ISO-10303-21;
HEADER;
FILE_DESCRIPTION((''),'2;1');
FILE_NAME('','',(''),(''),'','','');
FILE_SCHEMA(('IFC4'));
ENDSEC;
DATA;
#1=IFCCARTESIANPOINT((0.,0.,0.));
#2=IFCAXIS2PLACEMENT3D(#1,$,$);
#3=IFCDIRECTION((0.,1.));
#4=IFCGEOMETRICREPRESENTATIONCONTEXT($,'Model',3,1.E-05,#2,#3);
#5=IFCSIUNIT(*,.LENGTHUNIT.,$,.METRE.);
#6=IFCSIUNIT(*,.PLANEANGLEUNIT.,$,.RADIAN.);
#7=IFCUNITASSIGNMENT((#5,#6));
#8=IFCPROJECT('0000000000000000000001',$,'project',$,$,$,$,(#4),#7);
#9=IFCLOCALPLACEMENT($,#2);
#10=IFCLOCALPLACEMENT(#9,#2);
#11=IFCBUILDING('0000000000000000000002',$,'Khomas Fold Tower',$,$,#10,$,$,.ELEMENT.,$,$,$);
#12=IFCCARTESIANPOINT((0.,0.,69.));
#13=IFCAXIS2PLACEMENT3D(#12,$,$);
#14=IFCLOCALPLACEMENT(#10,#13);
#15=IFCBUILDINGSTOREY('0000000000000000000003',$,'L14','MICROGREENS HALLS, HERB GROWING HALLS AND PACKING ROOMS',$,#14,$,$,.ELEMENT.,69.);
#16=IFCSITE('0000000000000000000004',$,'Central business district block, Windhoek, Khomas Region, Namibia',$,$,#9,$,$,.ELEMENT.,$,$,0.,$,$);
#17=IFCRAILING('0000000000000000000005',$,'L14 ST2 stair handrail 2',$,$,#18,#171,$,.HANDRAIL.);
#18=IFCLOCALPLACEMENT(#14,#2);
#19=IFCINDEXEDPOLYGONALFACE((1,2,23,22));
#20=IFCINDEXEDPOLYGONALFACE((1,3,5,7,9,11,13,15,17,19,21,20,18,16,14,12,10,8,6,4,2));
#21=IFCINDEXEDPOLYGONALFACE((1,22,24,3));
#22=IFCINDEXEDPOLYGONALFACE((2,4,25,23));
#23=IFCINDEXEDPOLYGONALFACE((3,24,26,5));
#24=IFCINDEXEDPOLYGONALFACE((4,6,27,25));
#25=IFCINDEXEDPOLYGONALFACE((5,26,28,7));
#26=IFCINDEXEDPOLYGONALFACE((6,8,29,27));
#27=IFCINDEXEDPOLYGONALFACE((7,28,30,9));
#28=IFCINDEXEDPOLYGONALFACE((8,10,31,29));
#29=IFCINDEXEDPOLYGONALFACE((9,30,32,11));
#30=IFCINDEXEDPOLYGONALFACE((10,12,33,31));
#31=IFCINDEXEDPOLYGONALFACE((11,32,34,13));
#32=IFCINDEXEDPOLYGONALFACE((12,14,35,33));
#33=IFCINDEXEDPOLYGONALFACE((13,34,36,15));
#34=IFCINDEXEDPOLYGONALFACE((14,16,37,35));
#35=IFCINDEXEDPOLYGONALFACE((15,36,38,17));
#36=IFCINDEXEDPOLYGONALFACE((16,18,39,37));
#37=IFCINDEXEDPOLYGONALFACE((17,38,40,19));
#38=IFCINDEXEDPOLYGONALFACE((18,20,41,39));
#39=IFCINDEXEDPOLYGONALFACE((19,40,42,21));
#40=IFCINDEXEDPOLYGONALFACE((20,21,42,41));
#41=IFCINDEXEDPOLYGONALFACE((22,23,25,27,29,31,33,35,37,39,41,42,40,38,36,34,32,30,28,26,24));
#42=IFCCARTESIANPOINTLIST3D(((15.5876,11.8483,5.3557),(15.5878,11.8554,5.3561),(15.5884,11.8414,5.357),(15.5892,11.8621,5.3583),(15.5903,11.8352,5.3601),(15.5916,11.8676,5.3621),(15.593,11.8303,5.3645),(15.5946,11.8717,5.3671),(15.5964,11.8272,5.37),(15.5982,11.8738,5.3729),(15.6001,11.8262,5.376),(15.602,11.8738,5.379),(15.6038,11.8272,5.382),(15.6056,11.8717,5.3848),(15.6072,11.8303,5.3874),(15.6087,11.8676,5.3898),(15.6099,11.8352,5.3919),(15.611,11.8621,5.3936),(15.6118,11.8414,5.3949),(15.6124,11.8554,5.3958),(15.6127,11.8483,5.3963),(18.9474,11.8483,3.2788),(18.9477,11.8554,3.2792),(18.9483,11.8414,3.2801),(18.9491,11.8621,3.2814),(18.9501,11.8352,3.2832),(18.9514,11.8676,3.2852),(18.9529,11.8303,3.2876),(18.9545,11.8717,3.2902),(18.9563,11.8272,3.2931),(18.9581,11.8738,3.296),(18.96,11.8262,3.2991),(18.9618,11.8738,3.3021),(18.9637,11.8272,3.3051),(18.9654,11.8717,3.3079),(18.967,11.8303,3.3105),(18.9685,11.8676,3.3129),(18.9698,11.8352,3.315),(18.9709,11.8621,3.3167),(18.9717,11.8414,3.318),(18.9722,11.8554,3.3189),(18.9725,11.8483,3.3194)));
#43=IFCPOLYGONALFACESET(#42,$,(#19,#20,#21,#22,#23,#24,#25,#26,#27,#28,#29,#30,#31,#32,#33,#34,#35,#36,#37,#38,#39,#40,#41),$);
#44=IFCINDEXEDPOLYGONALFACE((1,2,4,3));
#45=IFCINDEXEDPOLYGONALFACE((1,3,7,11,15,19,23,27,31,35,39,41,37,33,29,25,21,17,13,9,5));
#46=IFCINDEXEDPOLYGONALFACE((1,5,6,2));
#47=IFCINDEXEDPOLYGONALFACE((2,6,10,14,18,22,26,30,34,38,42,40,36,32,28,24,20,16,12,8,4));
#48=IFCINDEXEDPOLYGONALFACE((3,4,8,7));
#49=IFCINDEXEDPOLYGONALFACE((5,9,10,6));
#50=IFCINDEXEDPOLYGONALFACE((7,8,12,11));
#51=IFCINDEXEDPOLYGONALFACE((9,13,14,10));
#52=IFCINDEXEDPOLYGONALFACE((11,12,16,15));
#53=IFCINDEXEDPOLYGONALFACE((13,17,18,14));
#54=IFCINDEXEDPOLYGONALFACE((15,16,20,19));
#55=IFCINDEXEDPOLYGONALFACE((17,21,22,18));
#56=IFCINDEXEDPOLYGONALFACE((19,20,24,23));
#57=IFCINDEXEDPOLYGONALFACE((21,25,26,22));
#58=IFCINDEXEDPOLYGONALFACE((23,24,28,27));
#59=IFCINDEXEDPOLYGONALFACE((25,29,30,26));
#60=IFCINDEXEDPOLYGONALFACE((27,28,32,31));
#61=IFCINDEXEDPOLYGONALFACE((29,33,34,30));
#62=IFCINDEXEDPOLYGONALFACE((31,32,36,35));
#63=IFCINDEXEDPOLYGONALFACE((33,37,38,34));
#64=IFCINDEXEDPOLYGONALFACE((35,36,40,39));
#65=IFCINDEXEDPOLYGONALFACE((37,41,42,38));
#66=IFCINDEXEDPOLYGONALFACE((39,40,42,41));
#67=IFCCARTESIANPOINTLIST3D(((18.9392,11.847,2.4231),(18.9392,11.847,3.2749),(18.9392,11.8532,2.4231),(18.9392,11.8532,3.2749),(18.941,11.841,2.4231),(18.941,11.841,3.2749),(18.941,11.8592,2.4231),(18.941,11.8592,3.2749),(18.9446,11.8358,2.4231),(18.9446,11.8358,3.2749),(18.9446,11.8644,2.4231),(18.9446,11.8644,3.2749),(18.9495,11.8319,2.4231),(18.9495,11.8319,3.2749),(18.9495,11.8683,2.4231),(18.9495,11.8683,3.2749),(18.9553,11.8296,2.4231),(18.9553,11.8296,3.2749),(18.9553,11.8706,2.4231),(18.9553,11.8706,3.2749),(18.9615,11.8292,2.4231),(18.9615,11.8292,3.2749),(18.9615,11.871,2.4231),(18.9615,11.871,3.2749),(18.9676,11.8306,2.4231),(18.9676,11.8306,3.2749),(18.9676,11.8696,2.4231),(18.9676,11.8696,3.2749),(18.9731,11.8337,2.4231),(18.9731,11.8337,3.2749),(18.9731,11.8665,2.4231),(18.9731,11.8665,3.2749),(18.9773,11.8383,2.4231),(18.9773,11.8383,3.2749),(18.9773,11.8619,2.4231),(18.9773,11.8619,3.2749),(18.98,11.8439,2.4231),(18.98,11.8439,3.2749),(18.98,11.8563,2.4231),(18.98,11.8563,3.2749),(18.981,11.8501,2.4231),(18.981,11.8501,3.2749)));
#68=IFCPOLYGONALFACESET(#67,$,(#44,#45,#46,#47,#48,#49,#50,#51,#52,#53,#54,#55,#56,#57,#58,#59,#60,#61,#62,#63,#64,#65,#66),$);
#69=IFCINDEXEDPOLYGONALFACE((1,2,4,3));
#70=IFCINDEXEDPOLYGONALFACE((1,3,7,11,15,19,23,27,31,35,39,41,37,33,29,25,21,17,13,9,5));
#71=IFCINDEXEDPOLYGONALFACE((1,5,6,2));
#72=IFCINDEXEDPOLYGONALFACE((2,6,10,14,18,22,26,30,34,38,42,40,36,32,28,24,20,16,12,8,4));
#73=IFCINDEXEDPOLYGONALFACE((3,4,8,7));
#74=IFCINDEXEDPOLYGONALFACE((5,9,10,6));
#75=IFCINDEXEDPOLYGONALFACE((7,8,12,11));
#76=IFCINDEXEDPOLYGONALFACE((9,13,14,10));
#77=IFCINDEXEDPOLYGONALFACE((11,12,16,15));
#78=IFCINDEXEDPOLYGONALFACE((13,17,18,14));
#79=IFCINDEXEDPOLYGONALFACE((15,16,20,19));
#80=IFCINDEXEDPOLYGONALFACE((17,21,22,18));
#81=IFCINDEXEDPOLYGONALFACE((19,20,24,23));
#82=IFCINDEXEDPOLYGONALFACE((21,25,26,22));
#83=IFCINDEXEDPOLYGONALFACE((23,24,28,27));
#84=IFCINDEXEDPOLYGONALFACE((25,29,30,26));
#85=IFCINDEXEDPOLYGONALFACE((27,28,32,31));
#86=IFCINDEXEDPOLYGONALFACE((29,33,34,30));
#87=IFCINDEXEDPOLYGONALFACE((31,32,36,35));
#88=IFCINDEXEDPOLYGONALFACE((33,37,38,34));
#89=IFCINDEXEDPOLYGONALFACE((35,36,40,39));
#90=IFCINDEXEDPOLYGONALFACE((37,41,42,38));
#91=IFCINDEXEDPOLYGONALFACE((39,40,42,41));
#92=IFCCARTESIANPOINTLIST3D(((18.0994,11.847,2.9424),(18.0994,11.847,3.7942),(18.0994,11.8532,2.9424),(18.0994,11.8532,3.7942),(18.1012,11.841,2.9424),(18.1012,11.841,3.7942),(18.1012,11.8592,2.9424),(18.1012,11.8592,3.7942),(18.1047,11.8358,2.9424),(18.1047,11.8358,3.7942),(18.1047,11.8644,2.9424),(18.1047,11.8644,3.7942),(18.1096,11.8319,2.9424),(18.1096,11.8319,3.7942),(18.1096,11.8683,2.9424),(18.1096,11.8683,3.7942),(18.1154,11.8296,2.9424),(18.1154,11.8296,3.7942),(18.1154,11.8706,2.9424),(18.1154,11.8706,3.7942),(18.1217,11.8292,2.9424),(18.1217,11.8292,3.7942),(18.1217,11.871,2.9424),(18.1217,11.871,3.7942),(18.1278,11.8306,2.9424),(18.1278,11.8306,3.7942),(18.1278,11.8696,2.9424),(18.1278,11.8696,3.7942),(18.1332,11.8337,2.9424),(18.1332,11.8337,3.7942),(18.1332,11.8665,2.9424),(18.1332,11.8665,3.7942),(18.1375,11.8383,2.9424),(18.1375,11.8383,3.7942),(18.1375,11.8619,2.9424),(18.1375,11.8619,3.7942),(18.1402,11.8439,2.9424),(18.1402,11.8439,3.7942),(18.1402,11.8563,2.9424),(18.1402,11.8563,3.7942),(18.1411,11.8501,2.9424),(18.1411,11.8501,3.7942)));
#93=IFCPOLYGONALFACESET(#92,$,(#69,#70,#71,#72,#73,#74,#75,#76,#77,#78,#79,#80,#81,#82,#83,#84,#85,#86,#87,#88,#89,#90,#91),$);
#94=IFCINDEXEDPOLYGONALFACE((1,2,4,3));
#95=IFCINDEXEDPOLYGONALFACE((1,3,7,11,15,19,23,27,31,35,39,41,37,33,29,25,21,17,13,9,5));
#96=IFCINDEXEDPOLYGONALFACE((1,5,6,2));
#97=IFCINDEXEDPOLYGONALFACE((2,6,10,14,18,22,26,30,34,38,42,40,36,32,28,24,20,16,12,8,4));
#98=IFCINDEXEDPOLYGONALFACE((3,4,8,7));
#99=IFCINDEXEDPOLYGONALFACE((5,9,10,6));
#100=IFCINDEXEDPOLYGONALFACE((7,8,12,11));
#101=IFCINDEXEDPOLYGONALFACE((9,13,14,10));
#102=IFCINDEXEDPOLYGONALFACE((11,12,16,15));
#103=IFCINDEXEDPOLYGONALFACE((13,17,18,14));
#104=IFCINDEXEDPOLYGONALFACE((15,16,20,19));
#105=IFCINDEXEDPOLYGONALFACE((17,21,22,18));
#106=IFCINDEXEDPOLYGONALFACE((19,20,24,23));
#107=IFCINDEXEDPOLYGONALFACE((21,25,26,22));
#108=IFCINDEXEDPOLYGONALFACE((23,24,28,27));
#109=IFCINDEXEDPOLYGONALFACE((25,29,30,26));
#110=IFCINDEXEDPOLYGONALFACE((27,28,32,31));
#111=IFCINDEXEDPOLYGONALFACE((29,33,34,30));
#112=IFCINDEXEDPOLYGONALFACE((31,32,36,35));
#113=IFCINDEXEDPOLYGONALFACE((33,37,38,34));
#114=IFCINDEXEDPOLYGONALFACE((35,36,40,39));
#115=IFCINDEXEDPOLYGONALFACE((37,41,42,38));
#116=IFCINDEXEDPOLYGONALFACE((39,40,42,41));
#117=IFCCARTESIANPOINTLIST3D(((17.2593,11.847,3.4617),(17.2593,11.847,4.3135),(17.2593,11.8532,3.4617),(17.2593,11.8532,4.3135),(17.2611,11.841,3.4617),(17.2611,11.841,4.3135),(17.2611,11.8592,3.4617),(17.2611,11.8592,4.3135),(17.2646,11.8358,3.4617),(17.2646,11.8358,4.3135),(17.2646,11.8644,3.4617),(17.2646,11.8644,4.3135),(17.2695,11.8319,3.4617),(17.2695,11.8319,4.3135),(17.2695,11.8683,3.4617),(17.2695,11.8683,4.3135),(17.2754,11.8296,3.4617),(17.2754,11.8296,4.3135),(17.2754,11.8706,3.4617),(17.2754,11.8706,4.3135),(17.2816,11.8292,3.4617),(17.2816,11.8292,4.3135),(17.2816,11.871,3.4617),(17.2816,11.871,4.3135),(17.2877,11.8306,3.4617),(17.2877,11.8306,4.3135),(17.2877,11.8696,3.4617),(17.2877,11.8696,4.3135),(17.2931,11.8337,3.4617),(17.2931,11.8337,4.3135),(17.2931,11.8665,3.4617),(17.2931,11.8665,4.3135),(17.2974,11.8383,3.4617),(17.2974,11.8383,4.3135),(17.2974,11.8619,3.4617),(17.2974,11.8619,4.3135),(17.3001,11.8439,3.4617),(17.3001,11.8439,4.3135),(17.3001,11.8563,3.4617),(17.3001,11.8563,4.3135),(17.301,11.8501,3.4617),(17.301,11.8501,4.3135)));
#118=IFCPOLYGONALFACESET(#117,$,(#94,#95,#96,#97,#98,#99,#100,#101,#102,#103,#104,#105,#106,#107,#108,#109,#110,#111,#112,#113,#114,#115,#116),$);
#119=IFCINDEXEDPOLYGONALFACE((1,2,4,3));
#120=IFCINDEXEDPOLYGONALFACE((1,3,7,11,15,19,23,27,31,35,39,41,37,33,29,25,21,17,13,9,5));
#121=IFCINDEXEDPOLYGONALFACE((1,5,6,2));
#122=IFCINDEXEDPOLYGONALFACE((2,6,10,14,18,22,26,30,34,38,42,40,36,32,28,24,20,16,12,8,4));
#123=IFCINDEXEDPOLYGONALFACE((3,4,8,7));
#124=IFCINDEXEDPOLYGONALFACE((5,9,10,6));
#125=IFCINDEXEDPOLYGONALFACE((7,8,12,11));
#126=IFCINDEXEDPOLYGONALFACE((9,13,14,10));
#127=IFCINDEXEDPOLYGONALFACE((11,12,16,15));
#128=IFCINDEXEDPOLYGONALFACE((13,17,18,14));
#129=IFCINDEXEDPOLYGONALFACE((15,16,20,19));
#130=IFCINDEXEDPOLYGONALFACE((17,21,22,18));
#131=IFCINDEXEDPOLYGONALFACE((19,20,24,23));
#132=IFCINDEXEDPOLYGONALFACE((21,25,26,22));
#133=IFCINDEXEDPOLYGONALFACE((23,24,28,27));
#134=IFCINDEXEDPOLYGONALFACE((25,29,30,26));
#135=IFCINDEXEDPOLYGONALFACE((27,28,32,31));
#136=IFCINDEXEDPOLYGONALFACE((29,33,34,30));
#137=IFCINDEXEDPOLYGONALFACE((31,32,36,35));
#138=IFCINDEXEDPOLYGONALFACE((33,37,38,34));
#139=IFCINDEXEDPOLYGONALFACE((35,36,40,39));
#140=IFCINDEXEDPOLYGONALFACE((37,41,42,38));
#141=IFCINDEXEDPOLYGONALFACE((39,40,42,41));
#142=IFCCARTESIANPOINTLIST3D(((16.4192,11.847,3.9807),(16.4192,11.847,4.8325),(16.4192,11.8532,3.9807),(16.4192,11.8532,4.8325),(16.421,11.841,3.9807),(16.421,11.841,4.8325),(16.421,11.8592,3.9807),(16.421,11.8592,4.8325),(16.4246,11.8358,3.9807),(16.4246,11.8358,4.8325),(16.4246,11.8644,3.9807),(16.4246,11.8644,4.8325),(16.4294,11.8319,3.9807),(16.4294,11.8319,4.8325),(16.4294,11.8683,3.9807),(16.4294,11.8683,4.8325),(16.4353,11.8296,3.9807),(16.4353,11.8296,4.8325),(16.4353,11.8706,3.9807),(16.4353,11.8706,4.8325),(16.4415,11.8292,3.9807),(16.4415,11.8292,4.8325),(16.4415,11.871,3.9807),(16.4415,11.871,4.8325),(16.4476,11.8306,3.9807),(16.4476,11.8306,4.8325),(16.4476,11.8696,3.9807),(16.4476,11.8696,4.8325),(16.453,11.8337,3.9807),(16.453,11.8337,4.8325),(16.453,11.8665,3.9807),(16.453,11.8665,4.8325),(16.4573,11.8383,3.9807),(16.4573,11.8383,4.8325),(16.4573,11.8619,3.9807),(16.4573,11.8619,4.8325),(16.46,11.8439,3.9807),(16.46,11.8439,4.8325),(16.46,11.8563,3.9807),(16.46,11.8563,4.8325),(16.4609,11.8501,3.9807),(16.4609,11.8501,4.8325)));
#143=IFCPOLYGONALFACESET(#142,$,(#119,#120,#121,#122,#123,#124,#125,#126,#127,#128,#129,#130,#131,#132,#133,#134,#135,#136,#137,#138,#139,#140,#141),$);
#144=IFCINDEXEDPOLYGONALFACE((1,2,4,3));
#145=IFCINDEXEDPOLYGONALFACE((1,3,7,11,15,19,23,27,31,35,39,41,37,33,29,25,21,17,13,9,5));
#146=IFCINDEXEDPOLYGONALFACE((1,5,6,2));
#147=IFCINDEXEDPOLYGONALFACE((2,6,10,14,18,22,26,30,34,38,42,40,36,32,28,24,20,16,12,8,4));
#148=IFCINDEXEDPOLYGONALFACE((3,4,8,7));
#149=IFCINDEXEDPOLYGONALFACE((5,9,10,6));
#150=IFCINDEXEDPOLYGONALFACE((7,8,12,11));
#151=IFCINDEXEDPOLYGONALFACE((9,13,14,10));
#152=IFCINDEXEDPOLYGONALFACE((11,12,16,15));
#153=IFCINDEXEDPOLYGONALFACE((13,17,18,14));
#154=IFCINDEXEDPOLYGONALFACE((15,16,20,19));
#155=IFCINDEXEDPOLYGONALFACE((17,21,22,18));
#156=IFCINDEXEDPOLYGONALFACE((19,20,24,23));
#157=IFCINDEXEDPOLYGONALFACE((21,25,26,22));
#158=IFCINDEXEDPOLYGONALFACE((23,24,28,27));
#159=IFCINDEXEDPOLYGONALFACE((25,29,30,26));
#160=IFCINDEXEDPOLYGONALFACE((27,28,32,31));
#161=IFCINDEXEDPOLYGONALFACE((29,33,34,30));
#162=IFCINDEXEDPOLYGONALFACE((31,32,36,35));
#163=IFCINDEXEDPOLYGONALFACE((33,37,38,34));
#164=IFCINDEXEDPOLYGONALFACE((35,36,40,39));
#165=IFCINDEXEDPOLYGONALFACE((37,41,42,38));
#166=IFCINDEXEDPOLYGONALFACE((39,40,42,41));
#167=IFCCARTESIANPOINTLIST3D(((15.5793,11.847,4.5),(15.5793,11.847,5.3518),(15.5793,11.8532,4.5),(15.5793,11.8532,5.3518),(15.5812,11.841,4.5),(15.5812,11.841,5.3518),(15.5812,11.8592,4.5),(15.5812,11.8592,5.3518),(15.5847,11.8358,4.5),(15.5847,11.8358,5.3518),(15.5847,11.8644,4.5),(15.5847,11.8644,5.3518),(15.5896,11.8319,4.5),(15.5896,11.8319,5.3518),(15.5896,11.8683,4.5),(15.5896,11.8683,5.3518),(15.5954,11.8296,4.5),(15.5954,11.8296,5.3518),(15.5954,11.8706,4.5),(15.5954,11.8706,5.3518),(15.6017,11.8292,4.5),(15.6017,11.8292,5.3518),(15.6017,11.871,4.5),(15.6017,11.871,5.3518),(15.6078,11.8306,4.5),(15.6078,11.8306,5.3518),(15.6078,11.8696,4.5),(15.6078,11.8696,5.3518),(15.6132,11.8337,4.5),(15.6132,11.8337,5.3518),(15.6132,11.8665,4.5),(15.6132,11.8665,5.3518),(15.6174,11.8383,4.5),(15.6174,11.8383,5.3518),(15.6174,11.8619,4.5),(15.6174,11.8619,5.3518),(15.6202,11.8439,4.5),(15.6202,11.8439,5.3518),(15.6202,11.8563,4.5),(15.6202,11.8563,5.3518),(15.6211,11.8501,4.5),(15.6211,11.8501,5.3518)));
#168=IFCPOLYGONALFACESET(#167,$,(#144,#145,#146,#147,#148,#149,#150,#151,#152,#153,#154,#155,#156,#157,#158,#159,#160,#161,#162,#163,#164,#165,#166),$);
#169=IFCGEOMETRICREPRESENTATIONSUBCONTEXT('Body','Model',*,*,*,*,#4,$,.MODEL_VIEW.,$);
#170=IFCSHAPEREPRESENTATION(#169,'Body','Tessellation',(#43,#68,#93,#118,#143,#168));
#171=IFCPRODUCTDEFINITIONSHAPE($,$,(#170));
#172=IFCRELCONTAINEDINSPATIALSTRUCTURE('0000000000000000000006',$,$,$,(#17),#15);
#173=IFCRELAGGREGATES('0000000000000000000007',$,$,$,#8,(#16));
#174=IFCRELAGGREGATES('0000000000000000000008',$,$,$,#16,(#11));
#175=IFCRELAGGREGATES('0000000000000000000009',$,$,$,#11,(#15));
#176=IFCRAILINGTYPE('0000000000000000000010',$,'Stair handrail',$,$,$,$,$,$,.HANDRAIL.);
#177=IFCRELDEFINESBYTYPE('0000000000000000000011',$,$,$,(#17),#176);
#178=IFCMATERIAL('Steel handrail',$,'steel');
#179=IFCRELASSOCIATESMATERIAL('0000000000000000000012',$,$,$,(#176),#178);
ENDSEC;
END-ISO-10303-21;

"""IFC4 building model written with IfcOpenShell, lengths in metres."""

from ifc_helpers import new_model, si_unit, direction, frame, origin, origin_2d, place, context, subcontext, project, spatial, circle, extrude, source, transform, mapped, material, type_object, element, save


model = new_model("IFC4")

# Units and contexts
model_context = context("Model", 3, precision=1e-05, world=origin(), true_north=direction((0.0, 1.0)))
body_context = subcontext(model_context, "Body", "Model", "MODEL_VIEW")
ifc_project = project(units=[si_unit("LENGTHUNIT", "METRE"), si_unit("PLANEANGLEUNIT", "RADIAN")], contexts=[model_context])

# Site, building, storey
site_placement = place(None, origin())
site = spatial("IfcSite", under=ifc_project, at=site_placement, Name="Central business district block, Windhoek, Khomas Region, Namibia", CompositionType="ELEMENT", RefElevation=0.0)
building_placement = place(site_placement, origin())
building = spatial("IfcBuilding", under=site, at=building_placement, Name="Khomas Fold Tower", CompositionType="ELEMENT")
storey_placement = place(building_placement, frame((0.0, 0.0, 69.0)))
storey = spatial("IfcBuildingStorey", under=building, at=storey_placement, Name="L14", Description="MICROGREENS HALLS, HERB GROWING HALLS AND PACKING ROOMS", CompositionType="ELEMENT", Elevation=69.0)

# Railing
ifc_material_1 = material(Name="Steel handrail", Category="steel")
railing_type_1 = type_object("IfcRailingType", Name="Stair handrail", PredefinedType="HANDRAIL", material=ifc_material_1)
shared_shape_1 = source(origin(), body_context, "Body", "SweptSolid", [
    extrude(circle(Radius=0.0239, at=origin_2d()), frame((0.0, 0.0, 0.876), z_axis=(-0.850606, 0.0, 0.525803), x_axis=(0.0, -1.0, 0.0)), (0.0, 0.0, 1.0), 3.95),
    extrude(circle(Radius=0.021, at=origin_2d()), origin(), (0.0, 0.0, 1.0), 0.8518),
    extrude(circle(Radius=0.021, at=origin_2d()), frame((-0.8398, 0.0, 0.5193)), (0.0, 0.0, 1.0), 0.8518),
    extrude(circle(Radius=0.021, at=origin_2d()), frame((-1.6799, 0.0, 1.0386)), (0.0, 0.0, 1.0), 0.8518),
    extrude(circle(Radius=0.021, at=origin_2d()), frame((-2.52, 0.0, 1.5576)), (0.0, 0.0, 1.0), 0.8518),
    extrude(circle(Radius=0.021, at=origin_2d()), frame((-3.3599, 0.0, 2.0769)), (0.0, 0.0, 1.0), 0.8518),
])
railing_1_placement = place(storey_placement, frame((18.96, 11.8501, 2.4231)))
element("IfcRailing", 1, at=railing_1_placement, inside=storey, type_object=railing_type_1, Name="L14 ST2 stair handrail 2", PredefinedType="HANDRAIL", context=body_context, shape_type="MappedRepresentation", body=[
    mapped(shared_shape_1, transform((0.0, 0.0, 0.0))),
])

save(model, "model.ifc")
